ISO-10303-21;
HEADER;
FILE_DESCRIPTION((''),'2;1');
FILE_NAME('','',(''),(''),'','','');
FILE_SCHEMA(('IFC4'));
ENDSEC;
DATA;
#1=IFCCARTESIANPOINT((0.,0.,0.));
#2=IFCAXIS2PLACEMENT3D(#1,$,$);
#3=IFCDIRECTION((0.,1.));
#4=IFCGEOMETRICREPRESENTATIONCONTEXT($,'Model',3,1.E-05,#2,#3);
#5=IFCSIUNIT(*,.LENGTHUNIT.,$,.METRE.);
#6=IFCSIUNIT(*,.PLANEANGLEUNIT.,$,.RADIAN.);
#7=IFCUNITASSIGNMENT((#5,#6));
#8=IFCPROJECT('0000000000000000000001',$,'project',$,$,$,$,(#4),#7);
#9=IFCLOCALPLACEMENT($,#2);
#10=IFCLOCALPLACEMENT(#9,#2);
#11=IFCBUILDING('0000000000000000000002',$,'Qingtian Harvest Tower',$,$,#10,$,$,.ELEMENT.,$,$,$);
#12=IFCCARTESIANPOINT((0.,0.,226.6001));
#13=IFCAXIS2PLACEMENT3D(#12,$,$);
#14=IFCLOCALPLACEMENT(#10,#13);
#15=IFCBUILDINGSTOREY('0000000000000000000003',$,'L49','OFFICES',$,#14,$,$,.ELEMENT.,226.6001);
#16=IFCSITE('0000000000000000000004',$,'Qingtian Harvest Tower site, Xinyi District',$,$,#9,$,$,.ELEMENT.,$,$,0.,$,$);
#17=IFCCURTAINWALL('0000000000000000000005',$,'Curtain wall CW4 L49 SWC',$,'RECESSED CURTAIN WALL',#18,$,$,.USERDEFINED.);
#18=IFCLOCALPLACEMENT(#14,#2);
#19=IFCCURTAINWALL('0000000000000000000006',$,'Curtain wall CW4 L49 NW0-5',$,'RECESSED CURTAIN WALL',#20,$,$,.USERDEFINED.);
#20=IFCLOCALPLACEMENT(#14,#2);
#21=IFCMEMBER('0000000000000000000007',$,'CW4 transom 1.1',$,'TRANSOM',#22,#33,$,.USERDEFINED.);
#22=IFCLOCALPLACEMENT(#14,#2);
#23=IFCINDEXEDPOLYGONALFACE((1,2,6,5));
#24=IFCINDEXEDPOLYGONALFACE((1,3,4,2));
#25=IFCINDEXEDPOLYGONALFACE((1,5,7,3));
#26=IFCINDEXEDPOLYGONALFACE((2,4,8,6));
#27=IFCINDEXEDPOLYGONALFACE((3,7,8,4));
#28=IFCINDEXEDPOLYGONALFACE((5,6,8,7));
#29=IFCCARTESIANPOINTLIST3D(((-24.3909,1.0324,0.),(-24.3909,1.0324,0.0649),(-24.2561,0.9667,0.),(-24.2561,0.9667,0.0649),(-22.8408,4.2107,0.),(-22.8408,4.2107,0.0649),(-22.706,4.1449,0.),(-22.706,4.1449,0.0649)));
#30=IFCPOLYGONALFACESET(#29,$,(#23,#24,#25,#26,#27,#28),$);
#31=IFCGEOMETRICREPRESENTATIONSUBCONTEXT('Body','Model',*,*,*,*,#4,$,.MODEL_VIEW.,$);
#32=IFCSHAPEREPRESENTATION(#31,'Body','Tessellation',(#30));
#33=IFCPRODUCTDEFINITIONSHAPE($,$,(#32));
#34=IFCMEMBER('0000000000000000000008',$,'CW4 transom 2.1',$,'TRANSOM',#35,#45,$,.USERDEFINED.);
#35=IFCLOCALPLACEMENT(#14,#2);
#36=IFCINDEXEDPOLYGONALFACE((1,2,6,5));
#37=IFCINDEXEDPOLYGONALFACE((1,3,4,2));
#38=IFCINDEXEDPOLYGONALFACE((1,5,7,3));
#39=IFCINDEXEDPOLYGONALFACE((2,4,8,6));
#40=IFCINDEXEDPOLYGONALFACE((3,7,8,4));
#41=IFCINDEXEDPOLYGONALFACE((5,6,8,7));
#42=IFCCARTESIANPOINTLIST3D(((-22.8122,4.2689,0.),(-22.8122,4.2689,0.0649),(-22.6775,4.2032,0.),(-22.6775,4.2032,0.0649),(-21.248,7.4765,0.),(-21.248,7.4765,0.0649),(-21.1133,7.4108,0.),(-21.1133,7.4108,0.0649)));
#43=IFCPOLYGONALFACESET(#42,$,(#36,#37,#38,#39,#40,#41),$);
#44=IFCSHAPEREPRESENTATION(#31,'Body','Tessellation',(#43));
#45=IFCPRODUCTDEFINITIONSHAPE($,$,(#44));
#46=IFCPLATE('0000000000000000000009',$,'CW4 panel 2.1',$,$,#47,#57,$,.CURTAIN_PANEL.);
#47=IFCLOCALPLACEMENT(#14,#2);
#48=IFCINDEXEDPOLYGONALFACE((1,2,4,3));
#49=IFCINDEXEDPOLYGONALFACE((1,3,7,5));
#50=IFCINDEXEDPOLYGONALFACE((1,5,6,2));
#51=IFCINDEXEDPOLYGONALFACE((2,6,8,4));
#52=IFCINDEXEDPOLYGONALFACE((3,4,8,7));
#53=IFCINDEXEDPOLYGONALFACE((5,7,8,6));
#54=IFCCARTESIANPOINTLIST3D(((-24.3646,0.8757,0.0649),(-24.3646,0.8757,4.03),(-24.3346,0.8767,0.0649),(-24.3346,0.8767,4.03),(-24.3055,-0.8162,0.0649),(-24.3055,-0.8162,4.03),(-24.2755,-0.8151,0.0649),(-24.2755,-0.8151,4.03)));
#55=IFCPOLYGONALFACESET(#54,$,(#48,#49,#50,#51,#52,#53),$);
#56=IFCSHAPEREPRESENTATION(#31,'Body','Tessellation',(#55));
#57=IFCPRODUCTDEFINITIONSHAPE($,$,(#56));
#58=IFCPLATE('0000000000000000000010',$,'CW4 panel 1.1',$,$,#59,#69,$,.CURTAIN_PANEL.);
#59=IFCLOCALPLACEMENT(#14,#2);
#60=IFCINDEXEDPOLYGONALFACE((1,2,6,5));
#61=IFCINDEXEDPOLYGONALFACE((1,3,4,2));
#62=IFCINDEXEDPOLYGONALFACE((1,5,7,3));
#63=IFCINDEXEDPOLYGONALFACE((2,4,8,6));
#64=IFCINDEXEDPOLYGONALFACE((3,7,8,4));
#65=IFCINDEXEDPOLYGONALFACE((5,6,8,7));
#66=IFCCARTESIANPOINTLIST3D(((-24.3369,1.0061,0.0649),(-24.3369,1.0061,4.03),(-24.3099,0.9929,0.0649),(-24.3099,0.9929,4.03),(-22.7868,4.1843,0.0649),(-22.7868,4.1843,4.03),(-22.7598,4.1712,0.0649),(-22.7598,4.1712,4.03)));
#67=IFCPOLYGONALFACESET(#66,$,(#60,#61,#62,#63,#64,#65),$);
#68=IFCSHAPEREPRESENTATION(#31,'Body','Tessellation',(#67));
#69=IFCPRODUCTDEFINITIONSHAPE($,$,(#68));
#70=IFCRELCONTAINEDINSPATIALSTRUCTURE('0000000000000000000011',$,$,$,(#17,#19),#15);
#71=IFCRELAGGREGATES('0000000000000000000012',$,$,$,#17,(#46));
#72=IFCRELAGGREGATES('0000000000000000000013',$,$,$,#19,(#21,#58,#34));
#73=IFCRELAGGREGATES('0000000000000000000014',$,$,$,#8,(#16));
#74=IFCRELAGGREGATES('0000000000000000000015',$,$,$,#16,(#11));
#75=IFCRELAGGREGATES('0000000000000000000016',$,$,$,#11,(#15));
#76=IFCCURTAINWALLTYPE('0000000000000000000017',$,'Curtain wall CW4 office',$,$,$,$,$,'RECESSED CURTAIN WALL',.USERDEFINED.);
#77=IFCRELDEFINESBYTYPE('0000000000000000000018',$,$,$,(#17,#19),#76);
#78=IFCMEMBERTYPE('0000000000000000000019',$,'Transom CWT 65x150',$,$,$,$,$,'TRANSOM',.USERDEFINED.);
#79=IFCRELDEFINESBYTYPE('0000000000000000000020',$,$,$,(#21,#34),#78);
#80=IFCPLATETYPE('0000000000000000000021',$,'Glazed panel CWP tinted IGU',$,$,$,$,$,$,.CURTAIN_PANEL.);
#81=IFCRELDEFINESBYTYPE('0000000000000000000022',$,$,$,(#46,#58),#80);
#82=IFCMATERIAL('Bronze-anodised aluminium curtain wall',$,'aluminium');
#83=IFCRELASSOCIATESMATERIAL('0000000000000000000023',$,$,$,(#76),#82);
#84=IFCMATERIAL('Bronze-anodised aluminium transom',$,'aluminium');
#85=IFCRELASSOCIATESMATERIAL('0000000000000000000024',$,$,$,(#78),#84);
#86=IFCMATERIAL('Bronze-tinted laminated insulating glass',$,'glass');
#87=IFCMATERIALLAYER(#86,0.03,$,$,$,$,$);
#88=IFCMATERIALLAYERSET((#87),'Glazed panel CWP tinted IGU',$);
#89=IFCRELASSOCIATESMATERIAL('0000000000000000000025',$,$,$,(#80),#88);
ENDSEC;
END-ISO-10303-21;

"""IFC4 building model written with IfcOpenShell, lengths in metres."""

from ifc_helpers import new_model, si_unit, direction, frame, origin, origin_2d, place, context, subcontext, project, spatial, rectangle, extrude, material, layer, layer_set, material_profile, profile_set, type_object, element, aggregate, save


model = new_model("IFC4")

# Units and contexts
model_context = context("Model", 3, precision=1e-05, world=origin(), true_north=direction((0.0, 1.0)))
body_context = subcontext(model_context, "Body", "Model", "MODEL_VIEW")
ifc_project = project(units=[si_unit("LENGTHUNIT", "METRE"), si_unit("PLANEANGLEUNIT", "RADIAN")], contexts=[model_context])

# Site, building, storey
site_placement = place(None, origin())
site = spatial("IfcSite", under=ifc_project, at=site_placement, Name="Qingtian Harvest Tower site, Xinyi District", CompositionType="ELEMENT", RefElevation=0.0)
building_placement = place(site_placement, origin())
building = spatial("IfcBuilding", under=site, at=building_placement, Name="Qingtian Harvest Tower", CompositionType="ELEMENT")
storey_placement = place(building_placement, frame((0.0, 0.0, 226.6001)))
storey = spatial("IfcBuildingStorey", under=building, at=storey_placement, Name="L49", Description="OFFICES", CompositionType="ELEMENT", Elevation=226.6001)

# Curtain wall
ifc_material_1 = material(Name="Bronze-anodised aluminium curtain wall", Category="aluminium")
curtain_wall_type = type_object("IfcCurtainWallType", Name="Curtain wall CW4 office", ElementType="RECESSED CURTAIN WALL", PredefinedType="USERDEFINED", material=ifc_material_1)
curtain_wall_1_placement = place(storey_placement, origin())
curtain_wall_1 = element("IfcCurtainWall", 1, at=curtain_wall_1_placement, inside=storey, type_object=curtain_wall_type, Name="Curtain wall CW4 L49 SWC", ObjectType="RECESSED CURTAIN WALL", PredefinedType="USERDEFINED")

# Curtain wall
curtain_wall_2_placement = place(storey_placement, origin())
curtain_wall_2 = element("IfcCurtainWall", 2, at=curtain_wall_2_placement, inside=storey, type_object=curtain_wall_type, Name="Curtain wall CW4 L49 NW0-5", ObjectType="RECESSED CURTAIN WALL", PredefinedType="USERDEFINED")

# Members
ifc_material_2 = material(Name="Bronze-anodised aluminium transom", Category="aluminium")
ifc_material_profile_1 = material_profile(ifc_material_2, rectangle(XDim=0.1499, YDim=0.0649, at=origin_2d()), Name="AL 65x150")
ifc_profile_set_1 = profile_set([ifc_material_profile_1], Name="Bronze-anodised aluminium transom")
member_type_1 = type_object("IfcMemberType", Name="Transom CWT 65x150", ElementType="TRANSOM", PredefinedType="USERDEFINED", material=ifc_profile_set_1)
member_1_placement = place(storey_placement, frame((-24.3235, 0.9995, 0.0325), z_axis=(0.438354, 0.898802, 0.0), x_axis=(-0.898802, 0.438354, 0.0)))
member_1 = element("IfcMember", 3, at=member_1_placement, type_object=member_type_1, Name="CW4 transom 1.1", ObjectType="TRANSOM", PredefinedType="USERDEFINED", context=body_context, shape_type="SweptSolid", body=[
    extrude(rectangle(XDim=0.1499, YDim=0.0649, at=origin_2d()), origin(), (0.0, 0.0, 1.0), 3.5361),
])
member_2_placement = place(storey_placement, frame((-22.7449, 4.2361, 0.0325), z_axis=(0.438325, 0.898816, 0.0), x_axis=(-0.898816, 0.438325, 0.0)))
member_2 = element("IfcMember", 4, at=member_2_placement, type_object=member_type_1, Name="CW4 transom 2.1", ObjectType="TRANSOM", PredefinedType="USERDEFINED", context=body_context, shape_type="SweptSolid", body=[
    extrude(rectangle(XDim=0.1499, YDim=0.0649, at=origin_2d()), origin(), (0.0, 0.0, 1.0), 3.5686),
])

# Plates
ifc_material_3 = material(Name="Bronze-tinted laminated insulating glass", Category="glass")
ifc_layer = layer(ifc_material_3, 0.03)
ifc_layer_set = layer_set([ifc_layer], Name="Glazed panel CWP tinted IGU")
plate_type = type_object("IfcPlateType", Name="Glazed panel CWP tinted IGU", PredefinedType="CURTAIN_PANEL", material=ifc_layer_set)
plate_1_placement = place(storey_placement, frame((-24.3201, 0.0303, 0.0649), z_axis=(0.0, 0.0, 1.0), x_axis=(-0.034899, 0.999391, 0.0)))
plate_1 = element("IfcPlate", 5, at=plate_1_placement, type_object=plate_type, Name="CW4 panel 2.1", PredefinedType="CURTAIN_PANEL", context=body_context, shape_type="SweptSolid", body=[
    extrude(rectangle(XDim=1.6929, YDim=0.03, at=origin_2d()), origin(), (0.0, 0.0, 1.0), 3.9651),
])
aggregate(curtain_wall_1, [plate_1])
plate_2_placement = place(storey_placement, frame((-23.5483, 2.5886, 0.0649), z_axis=(0.0, 0.0, 1.0), x_axis=(0.438371, 0.898794, 0.0)))
plate_2 = element("IfcPlate", 6, at=plate_2_placement, type_object=plate_type, Name="CW4 panel 1.1", PredefinedType="CURTAIN_PANEL", context=body_context, shape_type="SweptSolid", body=[
    extrude(rectangle(XDim=3.5361, YDim=0.03, at=origin_2d()), origin(), (0.0, 0.0, 1.0), 3.9651),
])
aggregate(curtain_wall_2, [member_1, plate_2, member_2])

save(model, "model.ifc")
